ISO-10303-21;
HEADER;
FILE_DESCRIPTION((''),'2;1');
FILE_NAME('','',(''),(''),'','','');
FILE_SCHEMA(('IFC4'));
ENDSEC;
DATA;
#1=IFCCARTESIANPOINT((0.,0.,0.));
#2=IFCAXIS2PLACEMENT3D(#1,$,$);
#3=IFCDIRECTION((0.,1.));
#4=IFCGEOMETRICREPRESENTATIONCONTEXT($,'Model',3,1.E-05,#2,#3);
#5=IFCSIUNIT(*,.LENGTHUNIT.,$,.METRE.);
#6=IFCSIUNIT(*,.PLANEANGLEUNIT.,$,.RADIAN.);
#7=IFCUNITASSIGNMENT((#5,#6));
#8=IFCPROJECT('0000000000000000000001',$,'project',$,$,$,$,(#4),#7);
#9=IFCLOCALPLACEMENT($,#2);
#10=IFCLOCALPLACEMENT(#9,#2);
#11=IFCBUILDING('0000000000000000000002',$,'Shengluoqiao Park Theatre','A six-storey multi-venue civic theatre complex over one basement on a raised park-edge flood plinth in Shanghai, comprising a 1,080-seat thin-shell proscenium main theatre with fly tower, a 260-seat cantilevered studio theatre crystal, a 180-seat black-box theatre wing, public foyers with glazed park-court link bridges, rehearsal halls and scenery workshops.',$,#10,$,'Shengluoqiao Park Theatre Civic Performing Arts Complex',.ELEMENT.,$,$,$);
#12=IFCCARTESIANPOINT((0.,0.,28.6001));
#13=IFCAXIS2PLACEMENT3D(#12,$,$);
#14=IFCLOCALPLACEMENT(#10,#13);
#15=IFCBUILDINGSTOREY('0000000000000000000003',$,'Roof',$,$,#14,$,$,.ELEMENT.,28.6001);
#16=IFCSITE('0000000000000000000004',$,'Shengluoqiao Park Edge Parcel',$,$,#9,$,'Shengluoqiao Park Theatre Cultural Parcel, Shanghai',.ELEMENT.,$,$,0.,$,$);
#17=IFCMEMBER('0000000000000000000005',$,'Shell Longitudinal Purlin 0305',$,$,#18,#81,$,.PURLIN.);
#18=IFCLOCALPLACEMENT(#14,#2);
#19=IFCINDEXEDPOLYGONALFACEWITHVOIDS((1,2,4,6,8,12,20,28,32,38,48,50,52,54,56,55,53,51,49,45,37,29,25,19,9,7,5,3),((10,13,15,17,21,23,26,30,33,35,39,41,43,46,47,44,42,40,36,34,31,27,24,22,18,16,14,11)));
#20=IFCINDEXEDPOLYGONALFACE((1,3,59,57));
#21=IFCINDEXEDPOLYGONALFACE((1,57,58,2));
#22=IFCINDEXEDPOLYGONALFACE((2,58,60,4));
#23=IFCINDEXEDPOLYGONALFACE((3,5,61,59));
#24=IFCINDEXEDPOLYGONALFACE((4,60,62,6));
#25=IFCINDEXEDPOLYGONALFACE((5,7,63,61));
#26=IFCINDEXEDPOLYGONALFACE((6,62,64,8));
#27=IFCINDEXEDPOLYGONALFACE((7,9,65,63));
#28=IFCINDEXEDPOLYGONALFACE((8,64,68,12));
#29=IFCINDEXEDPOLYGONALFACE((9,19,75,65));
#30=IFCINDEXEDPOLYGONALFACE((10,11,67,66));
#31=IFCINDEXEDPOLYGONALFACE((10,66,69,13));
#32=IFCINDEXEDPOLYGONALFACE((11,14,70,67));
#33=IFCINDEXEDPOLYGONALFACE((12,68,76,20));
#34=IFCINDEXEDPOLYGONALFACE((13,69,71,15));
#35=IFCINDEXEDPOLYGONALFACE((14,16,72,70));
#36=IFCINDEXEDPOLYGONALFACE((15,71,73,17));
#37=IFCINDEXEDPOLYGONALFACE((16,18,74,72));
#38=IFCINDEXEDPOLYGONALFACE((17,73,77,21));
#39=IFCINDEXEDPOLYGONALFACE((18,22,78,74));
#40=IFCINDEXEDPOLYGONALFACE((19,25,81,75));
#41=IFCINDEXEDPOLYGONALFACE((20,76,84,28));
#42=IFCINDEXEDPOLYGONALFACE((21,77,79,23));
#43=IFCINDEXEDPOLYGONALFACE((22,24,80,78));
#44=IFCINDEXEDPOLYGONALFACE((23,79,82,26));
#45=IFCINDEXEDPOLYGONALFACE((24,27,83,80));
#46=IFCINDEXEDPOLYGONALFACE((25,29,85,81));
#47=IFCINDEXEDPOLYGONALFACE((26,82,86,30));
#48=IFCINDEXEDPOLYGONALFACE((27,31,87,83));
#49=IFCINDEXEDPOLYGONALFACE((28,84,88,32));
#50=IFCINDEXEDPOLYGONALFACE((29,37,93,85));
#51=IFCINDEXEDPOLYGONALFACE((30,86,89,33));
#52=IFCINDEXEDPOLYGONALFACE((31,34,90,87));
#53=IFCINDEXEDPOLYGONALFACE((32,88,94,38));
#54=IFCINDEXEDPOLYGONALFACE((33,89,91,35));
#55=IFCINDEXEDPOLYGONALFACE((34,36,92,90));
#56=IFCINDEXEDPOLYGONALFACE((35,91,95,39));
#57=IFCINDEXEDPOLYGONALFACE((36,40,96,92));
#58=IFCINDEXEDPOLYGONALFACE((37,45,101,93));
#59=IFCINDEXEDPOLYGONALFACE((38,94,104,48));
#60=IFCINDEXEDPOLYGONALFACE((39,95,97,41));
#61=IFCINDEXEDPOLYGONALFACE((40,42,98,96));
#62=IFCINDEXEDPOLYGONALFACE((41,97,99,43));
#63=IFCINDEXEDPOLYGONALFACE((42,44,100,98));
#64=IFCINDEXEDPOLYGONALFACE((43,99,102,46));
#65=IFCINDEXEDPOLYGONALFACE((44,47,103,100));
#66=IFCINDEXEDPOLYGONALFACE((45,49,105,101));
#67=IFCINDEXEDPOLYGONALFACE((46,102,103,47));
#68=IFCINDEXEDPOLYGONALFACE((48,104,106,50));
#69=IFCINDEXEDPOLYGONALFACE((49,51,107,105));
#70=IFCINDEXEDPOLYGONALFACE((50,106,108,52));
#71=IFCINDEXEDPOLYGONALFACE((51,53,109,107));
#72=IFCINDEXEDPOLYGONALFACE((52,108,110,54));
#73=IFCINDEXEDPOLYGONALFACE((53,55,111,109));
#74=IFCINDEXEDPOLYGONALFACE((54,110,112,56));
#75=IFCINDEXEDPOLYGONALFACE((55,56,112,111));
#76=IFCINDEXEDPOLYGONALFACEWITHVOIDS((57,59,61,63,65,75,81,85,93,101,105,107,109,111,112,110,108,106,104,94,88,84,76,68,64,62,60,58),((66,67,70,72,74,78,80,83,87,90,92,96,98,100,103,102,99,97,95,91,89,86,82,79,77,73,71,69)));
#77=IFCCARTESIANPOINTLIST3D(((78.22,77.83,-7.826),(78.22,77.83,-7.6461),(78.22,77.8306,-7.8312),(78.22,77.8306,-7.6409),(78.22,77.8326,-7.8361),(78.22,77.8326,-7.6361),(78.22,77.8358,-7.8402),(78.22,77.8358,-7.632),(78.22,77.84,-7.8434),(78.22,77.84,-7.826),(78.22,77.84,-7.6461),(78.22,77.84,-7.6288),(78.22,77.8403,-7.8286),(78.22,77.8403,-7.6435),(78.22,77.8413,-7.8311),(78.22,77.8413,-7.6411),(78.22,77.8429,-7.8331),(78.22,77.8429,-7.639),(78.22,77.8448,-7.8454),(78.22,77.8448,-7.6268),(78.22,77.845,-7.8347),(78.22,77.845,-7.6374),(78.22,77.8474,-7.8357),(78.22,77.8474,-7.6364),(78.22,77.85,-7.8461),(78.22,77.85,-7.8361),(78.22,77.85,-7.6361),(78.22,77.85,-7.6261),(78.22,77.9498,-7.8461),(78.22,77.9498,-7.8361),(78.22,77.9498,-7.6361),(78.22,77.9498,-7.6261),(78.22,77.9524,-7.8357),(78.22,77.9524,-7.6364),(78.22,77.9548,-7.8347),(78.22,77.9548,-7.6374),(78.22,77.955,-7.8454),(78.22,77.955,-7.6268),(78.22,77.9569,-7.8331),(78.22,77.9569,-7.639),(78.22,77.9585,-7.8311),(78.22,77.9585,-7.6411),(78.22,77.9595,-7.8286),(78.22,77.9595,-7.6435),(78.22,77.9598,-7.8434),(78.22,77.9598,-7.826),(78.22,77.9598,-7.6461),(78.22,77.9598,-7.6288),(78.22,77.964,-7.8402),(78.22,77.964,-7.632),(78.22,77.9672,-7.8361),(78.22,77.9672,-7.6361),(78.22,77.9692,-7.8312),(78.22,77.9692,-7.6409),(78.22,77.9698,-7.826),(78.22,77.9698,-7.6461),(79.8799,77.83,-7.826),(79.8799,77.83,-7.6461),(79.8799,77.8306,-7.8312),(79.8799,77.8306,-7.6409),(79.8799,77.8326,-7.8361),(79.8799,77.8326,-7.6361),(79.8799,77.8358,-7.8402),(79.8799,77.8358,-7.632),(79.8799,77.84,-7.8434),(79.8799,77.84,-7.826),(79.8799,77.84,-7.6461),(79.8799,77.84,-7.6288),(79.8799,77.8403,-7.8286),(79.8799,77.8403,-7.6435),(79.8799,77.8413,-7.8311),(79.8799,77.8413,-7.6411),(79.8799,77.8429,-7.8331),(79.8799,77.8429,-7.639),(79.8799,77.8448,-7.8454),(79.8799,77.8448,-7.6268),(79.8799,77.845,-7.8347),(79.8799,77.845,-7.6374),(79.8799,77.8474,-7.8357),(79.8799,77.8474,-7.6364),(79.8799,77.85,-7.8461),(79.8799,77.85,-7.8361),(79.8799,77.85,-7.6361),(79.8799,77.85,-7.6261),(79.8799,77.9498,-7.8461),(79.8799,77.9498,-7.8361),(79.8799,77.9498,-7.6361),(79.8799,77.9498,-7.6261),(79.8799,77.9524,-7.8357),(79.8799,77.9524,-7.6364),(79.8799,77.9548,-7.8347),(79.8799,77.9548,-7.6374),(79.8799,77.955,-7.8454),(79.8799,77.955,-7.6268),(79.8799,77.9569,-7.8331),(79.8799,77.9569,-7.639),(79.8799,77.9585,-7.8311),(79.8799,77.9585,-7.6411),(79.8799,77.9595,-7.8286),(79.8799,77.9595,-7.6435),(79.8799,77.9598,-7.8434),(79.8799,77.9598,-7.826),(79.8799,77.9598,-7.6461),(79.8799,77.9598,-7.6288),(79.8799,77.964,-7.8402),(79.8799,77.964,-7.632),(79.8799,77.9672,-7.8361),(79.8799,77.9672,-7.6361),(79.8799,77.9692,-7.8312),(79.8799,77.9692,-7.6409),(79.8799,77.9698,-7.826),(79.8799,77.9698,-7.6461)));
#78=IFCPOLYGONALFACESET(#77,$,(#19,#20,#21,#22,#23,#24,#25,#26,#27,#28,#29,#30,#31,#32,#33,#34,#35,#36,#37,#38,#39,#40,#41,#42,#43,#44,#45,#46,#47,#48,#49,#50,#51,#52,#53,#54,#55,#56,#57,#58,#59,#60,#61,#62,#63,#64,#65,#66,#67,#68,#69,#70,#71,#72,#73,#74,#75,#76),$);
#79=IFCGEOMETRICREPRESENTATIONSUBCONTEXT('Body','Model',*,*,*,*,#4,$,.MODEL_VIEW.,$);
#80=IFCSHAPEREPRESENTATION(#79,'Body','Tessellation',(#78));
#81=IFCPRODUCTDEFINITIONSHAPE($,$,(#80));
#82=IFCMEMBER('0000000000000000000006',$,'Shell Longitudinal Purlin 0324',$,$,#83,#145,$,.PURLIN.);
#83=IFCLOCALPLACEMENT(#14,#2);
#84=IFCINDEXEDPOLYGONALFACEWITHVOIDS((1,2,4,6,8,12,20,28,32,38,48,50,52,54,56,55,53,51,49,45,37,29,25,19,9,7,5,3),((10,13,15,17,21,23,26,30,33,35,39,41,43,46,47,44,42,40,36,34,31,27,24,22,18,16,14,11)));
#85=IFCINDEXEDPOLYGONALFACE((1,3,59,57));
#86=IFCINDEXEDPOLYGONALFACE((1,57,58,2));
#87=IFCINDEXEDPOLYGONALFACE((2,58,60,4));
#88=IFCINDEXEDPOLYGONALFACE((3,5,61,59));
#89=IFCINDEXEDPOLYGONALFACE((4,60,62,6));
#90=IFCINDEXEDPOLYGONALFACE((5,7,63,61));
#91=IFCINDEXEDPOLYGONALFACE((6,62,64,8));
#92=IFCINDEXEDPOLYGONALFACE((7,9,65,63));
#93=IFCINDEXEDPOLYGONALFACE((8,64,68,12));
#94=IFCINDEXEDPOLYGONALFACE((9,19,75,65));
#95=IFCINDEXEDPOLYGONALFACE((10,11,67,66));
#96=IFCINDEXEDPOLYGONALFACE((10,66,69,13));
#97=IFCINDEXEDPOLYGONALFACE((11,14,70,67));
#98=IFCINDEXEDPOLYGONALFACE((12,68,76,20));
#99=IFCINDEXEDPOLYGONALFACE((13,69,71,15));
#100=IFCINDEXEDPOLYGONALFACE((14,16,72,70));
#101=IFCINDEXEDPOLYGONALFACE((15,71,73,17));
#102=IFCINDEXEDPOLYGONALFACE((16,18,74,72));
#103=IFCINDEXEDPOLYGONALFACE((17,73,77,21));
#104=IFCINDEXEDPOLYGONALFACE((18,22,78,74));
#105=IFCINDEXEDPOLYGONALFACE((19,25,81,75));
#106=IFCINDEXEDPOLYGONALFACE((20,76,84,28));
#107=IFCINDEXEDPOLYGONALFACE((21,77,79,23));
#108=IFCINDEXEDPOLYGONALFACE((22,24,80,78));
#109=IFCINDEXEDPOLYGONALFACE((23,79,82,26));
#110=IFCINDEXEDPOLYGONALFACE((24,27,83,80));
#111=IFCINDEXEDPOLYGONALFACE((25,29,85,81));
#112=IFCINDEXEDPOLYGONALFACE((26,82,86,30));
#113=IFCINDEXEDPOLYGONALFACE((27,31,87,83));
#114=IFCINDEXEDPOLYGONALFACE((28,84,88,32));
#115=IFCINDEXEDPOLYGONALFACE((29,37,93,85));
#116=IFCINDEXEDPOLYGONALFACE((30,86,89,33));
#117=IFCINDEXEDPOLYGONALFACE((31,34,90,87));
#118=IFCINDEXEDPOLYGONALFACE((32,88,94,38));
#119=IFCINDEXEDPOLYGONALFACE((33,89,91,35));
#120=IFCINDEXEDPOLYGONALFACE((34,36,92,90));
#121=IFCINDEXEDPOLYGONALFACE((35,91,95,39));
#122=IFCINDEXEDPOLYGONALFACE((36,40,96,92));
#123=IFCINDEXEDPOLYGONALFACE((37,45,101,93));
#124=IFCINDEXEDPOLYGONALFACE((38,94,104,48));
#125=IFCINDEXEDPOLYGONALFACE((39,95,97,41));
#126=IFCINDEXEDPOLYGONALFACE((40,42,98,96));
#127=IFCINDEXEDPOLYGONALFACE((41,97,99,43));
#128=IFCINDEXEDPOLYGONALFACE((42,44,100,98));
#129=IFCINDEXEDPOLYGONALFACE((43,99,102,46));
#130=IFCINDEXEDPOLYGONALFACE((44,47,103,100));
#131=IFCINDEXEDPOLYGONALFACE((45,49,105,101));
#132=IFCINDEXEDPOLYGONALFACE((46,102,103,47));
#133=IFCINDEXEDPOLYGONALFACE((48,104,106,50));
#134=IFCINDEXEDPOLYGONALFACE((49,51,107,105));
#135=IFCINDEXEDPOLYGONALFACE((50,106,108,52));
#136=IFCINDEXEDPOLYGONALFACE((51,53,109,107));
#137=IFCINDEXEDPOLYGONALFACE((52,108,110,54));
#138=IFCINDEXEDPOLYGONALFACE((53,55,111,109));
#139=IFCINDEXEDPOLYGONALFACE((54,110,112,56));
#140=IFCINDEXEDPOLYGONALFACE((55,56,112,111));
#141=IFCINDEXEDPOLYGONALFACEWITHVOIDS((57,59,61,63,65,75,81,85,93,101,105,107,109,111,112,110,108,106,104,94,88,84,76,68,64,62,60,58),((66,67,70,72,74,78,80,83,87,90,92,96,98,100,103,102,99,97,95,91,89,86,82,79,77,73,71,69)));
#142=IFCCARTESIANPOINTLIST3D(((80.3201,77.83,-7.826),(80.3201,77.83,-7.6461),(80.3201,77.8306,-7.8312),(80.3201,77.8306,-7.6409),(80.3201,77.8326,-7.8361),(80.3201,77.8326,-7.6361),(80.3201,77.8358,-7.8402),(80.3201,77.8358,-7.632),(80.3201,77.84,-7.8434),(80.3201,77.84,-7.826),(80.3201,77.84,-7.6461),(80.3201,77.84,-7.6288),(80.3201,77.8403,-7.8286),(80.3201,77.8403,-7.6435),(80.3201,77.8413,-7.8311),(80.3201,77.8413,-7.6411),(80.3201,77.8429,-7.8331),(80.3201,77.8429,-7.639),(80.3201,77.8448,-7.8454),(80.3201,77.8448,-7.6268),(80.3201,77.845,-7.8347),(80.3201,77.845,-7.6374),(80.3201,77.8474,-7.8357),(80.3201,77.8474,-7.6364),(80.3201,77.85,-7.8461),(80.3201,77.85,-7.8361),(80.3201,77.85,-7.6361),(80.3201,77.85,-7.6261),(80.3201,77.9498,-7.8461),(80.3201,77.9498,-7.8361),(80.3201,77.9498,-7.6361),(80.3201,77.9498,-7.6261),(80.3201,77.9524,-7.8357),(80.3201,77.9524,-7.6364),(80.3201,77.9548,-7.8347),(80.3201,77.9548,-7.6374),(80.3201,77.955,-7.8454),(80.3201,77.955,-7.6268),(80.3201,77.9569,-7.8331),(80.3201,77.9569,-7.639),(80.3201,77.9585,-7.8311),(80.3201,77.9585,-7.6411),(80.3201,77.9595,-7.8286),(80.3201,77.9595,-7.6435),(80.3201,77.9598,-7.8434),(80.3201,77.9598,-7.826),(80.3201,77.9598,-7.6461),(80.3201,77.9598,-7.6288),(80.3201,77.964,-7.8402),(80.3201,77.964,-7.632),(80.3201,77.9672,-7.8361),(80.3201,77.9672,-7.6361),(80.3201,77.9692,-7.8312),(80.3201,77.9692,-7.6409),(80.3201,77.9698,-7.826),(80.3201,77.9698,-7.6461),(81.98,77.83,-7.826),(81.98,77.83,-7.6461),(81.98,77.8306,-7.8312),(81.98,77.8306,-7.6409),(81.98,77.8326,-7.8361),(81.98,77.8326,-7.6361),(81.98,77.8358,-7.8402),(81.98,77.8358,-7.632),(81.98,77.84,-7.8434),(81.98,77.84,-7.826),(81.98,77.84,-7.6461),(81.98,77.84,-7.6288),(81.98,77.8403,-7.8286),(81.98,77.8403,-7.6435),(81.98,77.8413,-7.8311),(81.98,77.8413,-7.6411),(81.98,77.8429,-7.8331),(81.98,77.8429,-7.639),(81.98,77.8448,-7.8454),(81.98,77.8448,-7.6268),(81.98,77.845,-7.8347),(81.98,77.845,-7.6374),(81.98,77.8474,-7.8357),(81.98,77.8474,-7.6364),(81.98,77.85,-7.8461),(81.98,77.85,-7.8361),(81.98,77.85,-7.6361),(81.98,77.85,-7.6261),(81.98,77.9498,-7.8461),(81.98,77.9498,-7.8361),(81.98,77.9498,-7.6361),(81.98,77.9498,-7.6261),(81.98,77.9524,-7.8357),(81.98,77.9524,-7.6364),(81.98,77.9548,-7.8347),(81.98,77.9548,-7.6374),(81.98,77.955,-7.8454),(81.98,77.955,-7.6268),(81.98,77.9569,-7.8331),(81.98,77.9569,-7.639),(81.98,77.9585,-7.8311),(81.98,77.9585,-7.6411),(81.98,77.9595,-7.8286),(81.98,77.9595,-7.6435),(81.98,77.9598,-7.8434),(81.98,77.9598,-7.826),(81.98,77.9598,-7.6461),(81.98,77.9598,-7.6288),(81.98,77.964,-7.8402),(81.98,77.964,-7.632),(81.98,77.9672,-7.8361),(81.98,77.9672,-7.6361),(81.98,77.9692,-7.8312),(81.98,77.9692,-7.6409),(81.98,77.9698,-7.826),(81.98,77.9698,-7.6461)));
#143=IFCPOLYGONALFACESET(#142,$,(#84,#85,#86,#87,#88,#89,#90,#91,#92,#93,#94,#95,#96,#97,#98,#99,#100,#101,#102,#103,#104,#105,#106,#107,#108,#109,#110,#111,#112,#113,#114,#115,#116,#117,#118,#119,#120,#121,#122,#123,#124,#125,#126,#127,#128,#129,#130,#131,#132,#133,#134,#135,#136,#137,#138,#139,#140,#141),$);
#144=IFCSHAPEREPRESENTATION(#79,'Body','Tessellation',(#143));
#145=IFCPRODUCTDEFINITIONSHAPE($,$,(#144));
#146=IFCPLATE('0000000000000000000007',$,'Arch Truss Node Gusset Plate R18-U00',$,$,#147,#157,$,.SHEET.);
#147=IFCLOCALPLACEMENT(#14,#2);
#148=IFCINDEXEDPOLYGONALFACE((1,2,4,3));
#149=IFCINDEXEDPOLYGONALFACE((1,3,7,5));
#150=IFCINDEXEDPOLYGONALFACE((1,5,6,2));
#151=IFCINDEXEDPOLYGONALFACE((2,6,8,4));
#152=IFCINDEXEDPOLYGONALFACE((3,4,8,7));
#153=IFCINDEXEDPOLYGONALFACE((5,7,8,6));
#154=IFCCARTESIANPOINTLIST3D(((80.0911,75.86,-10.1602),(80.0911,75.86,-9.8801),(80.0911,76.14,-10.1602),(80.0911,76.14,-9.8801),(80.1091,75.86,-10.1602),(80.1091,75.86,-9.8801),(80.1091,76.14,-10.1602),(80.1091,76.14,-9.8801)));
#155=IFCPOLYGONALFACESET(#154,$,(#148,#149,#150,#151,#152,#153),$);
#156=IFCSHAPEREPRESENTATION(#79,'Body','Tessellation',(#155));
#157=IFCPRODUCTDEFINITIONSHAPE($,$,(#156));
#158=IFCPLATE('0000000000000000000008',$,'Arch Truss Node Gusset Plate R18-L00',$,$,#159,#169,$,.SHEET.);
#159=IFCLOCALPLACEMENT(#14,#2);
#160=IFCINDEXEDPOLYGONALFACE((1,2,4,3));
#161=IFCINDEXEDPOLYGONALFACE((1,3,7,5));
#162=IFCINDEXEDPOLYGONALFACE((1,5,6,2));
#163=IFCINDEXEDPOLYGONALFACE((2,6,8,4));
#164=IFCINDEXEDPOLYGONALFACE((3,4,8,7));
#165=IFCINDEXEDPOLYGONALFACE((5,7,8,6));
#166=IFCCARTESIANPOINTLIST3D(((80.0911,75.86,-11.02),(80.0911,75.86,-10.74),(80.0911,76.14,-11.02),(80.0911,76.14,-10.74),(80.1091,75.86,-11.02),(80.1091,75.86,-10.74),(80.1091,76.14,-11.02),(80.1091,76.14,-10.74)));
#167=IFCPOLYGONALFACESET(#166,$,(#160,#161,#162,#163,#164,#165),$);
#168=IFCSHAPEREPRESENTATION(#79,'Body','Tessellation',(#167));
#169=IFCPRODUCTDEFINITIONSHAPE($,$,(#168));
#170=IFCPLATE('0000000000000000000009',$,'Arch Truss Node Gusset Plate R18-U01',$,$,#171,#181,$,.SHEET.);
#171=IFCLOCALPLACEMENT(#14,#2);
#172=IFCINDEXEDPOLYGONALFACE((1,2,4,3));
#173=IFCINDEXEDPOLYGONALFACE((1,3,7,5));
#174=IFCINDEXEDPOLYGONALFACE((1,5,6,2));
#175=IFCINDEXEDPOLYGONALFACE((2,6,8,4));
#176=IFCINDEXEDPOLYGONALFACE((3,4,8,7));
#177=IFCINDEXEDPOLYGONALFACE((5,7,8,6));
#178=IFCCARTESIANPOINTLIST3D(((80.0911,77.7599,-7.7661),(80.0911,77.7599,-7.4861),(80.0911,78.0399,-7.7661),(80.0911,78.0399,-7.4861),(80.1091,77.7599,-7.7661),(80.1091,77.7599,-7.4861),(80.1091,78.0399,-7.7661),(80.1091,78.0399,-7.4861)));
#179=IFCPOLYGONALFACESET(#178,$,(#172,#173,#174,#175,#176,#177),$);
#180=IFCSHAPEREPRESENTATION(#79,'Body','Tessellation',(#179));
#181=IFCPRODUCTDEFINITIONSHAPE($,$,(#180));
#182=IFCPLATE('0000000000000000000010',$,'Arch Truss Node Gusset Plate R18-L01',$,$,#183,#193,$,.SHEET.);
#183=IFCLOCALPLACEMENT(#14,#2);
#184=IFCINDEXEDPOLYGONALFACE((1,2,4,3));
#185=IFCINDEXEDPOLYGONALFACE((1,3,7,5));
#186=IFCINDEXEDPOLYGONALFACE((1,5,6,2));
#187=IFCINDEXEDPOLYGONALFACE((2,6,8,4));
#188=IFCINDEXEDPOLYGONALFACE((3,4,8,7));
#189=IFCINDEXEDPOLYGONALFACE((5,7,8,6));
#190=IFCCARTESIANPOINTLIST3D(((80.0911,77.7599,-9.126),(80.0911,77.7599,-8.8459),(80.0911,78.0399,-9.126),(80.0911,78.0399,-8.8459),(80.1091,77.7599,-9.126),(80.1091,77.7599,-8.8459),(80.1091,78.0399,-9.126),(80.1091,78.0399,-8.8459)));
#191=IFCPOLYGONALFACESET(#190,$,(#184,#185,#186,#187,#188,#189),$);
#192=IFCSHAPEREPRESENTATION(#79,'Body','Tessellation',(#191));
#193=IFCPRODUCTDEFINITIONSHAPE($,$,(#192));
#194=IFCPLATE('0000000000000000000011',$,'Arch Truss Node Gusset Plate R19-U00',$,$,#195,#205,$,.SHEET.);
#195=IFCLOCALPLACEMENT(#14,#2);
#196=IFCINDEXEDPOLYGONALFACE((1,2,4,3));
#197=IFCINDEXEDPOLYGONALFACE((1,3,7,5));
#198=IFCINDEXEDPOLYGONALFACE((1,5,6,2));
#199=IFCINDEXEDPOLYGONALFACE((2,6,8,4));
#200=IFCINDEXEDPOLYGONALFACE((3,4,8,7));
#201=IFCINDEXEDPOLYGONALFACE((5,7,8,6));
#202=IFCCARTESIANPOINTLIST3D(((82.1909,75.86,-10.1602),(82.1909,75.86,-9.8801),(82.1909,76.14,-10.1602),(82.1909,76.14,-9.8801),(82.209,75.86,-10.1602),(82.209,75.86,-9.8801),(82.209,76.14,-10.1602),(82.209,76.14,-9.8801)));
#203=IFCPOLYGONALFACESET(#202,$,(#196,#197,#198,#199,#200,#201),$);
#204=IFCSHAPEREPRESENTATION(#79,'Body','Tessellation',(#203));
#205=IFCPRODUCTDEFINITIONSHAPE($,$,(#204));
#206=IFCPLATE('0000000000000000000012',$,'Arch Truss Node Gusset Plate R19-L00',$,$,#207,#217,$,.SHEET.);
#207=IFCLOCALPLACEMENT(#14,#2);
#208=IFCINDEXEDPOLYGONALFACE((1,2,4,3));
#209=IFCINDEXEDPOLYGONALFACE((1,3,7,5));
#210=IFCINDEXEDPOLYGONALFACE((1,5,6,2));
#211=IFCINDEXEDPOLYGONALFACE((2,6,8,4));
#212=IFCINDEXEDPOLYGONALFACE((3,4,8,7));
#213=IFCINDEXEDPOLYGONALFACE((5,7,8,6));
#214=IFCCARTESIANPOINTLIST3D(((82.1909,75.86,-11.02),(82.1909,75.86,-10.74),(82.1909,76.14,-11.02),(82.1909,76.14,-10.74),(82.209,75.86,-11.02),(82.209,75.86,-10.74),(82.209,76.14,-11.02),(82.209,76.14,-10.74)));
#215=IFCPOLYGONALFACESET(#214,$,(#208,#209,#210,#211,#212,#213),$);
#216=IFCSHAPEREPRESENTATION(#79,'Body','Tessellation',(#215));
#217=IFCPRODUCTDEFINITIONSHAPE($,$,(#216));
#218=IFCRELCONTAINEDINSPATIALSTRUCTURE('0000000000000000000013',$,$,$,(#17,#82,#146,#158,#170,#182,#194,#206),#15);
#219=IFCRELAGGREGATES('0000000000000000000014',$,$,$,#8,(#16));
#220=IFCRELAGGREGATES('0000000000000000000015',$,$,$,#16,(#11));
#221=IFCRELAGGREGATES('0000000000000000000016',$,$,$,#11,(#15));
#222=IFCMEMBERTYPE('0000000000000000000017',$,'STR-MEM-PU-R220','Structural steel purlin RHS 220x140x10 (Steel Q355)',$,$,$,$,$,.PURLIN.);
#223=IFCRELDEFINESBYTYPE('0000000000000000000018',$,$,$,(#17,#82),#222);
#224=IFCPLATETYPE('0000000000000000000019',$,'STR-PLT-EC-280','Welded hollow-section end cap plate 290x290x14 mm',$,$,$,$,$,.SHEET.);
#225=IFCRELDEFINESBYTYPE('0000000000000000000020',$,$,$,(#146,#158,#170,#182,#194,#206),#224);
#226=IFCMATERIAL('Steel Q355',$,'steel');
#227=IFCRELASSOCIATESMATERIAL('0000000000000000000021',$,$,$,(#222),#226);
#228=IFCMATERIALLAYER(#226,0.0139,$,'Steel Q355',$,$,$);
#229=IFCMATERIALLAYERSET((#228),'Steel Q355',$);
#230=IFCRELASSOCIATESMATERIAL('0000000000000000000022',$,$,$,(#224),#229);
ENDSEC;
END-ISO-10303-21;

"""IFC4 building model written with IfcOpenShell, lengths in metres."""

from ifc_helpers import new_model, si_unit, direction, frame, origin, origin_2d, place, context, subcontext, project, spatial, rectangle, hollow_rectangle, extrude, material, layer, layer_set, material_profile, profile_set, type_object, element, save


model = new_model("IFC4")

# Units and contexts
model_context = context("Model", 3, precision=1e-05, world=origin(), true_north=direction((0.0, 1.0)))
body_context = subcontext(model_context, "Body", "Model", "MODEL_VIEW")
ifc_project = project(units=[si_unit("LENGTHUNIT", "METRE"), si_unit("PLANEANGLEUNIT", "RADIAN")], contexts=[model_context])

# Site, building, storey
site_placement = place(None, origin())
site = spatial("IfcSite", under=ifc_project, at=site_placement, Name="Shengluoqiao Park Edge Parcel", LongName="Shengluoqiao Park Theatre Cultural Parcel, Shanghai", CompositionType="ELEMENT", RefElevation=0.0)
building_placement = place(site_placement, origin())
building = spatial("IfcBuilding", under=site, at=building_placement, Name="Shengluoqiao Park Theatre", Description="A six-storey multi-venue civic theatre complex over one basement on a raised park-edge flood plinth in Shanghai, comprising a 1,080-seat thin-shell proscenium main theatre with fly tower, a 260-seat cantilevered studio theatre crystal, a 180-seat black-box theatre wing, public foyers with glazed park-court link bridges, rehearsal halls and scenery workshops.", LongName="Shengluoqiao Park Theatre Civic Performing Arts Complex", CompositionType="ELEMENT")
storey_placement = place(building_placement, frame((0.0, 0.0, 28.6001)))
storey = spatial("IfcBuildingStorey", under=building, at=storey_placement, Name="Roof", CompositionType="ELEMENT", Elevation=28.6001)

# Shared definitions
ifc_material_1 = material(Name="Steel Q355", Category="steel")

# Members
ifc_material_profile_1 = material_profile(ifc_material_1, hollow_rectangle(XDim=0.1399, YDim=0.22, WallThickness=0.01, InnerFilletRadius=0.01, OuterFilletRadius=0.02, at=origin_2d()), Name="RHS 220x140x10")
ifc_profile_set_1 = profile_set([ifc_material_profile_1], Name="Steel Q355")
member_type_1 = type_object("IfcMemberType", Name="STR-MEM-PU-R220", Description="Structural steel purlin RHS 220x140x10 (Steel Q355)", PredefinedType="PURLIN", material=ifc_profile_set_1)
for number, where, z_axis, x_axis, name in (
    (1, (78.22, 77.8999, -7.7361), (1.0, 0.0, 0.0), (0.0, 1.0, 0.0), "Shell Longitudinal Purlin 0305"),
    (2, (80.3201, 77.8999, -7.7361), (1.0, 0.0, 0.0), (0.0, 1.0, 0.0), "Shell Longitudinal Purlin 0324"),
):
    element("IfcMember", number, at=place(storey_placement, frame(where, z_axis=z_axis, x_axis=x_axis)), inside=storey, type_object=member_type_1, Name=name, PredefinedType="PURLIN", context=body_context, shape_type="SweptSolid", body=[
        extrude(hollow_rectangle(XDim=0.1399, YDim=0.22, WallThickness=0.01, InnerFilletRadius=0.01, OuterFilletRadius=0.02, at=origin_2d()), origin(), (0.0, 0.0, 1.0), 1.6599),
    ])

# Plates
ifc_layer_1 = layer(ifc_material_1, 0.0139, Name="Steel Q355")
ifc_layer_set_1 = layer_set([ifc_layer_1], Name="Steel Q355")
plate_type_1 = type_object("IfcPlateType", Name="STR-PLT-EC-280", Description="Welded hollow-section end cap plate 290x290x14 mm", PredefinedType="SHEET", material=ifc_layer_set_1)
for number, where, z_axis, x_axis, name in (
    (3, (80.1001, 76.0, -10.1602), (0.0, 0.0, 1.0), (1.0, 0.0, 0.0), "Arch Truss Node Gusset Plate R18-U00"),
    (4, (80.1001, 76.0, -11.02), (0.0, 0.0, 1.0), (1.0, 0.0, 0.0), "Arch Truss Node Gusset Plate R18-L00"),
    (5, (80.1001, 77.8999, -7.7661), (0.0, 0.0, 1.0), (1.0, 0.0, 0.0), "Arch Truss Node Gusset Plate R18-U01"),
    (6, (80.1001, 77.8999, -9.126), (0.0, 0.0, 1.0), (1.0, 0.0, 0.0), "Arch Truss Node Gusset Plate R18-L01"),
    (7, (82.2, 76.0, -10.1602), (0.0, 0.0, 1.0), (1.0, 0.0, 0.0), "Arch Truss Node Gusset Plate R19-U00"),
    (8, (82.2, 76.0, -11.02), (0.0, 0.0, 1.0), (1.0, 0.0, 0.0), "Arch Truss Node Gusset Plate R19-L00"),
):
    element("IfcPlate", number, at=place(storey_placement, frame(where, z_axis=z_axis, x_axis=x_axis)), inside=storey, type_object=plate_type_1, Name=name, PredefinedType="SHEET", context=body_context, shape_type="SweptSolid", body=[
        extrude(rectangle(XDim=0.0181, YDim=0.28, at=origin_2d()), origin(), (0.0, 0.0, 1.0), 0.28),
    ])

save(model, "model.ifc")
